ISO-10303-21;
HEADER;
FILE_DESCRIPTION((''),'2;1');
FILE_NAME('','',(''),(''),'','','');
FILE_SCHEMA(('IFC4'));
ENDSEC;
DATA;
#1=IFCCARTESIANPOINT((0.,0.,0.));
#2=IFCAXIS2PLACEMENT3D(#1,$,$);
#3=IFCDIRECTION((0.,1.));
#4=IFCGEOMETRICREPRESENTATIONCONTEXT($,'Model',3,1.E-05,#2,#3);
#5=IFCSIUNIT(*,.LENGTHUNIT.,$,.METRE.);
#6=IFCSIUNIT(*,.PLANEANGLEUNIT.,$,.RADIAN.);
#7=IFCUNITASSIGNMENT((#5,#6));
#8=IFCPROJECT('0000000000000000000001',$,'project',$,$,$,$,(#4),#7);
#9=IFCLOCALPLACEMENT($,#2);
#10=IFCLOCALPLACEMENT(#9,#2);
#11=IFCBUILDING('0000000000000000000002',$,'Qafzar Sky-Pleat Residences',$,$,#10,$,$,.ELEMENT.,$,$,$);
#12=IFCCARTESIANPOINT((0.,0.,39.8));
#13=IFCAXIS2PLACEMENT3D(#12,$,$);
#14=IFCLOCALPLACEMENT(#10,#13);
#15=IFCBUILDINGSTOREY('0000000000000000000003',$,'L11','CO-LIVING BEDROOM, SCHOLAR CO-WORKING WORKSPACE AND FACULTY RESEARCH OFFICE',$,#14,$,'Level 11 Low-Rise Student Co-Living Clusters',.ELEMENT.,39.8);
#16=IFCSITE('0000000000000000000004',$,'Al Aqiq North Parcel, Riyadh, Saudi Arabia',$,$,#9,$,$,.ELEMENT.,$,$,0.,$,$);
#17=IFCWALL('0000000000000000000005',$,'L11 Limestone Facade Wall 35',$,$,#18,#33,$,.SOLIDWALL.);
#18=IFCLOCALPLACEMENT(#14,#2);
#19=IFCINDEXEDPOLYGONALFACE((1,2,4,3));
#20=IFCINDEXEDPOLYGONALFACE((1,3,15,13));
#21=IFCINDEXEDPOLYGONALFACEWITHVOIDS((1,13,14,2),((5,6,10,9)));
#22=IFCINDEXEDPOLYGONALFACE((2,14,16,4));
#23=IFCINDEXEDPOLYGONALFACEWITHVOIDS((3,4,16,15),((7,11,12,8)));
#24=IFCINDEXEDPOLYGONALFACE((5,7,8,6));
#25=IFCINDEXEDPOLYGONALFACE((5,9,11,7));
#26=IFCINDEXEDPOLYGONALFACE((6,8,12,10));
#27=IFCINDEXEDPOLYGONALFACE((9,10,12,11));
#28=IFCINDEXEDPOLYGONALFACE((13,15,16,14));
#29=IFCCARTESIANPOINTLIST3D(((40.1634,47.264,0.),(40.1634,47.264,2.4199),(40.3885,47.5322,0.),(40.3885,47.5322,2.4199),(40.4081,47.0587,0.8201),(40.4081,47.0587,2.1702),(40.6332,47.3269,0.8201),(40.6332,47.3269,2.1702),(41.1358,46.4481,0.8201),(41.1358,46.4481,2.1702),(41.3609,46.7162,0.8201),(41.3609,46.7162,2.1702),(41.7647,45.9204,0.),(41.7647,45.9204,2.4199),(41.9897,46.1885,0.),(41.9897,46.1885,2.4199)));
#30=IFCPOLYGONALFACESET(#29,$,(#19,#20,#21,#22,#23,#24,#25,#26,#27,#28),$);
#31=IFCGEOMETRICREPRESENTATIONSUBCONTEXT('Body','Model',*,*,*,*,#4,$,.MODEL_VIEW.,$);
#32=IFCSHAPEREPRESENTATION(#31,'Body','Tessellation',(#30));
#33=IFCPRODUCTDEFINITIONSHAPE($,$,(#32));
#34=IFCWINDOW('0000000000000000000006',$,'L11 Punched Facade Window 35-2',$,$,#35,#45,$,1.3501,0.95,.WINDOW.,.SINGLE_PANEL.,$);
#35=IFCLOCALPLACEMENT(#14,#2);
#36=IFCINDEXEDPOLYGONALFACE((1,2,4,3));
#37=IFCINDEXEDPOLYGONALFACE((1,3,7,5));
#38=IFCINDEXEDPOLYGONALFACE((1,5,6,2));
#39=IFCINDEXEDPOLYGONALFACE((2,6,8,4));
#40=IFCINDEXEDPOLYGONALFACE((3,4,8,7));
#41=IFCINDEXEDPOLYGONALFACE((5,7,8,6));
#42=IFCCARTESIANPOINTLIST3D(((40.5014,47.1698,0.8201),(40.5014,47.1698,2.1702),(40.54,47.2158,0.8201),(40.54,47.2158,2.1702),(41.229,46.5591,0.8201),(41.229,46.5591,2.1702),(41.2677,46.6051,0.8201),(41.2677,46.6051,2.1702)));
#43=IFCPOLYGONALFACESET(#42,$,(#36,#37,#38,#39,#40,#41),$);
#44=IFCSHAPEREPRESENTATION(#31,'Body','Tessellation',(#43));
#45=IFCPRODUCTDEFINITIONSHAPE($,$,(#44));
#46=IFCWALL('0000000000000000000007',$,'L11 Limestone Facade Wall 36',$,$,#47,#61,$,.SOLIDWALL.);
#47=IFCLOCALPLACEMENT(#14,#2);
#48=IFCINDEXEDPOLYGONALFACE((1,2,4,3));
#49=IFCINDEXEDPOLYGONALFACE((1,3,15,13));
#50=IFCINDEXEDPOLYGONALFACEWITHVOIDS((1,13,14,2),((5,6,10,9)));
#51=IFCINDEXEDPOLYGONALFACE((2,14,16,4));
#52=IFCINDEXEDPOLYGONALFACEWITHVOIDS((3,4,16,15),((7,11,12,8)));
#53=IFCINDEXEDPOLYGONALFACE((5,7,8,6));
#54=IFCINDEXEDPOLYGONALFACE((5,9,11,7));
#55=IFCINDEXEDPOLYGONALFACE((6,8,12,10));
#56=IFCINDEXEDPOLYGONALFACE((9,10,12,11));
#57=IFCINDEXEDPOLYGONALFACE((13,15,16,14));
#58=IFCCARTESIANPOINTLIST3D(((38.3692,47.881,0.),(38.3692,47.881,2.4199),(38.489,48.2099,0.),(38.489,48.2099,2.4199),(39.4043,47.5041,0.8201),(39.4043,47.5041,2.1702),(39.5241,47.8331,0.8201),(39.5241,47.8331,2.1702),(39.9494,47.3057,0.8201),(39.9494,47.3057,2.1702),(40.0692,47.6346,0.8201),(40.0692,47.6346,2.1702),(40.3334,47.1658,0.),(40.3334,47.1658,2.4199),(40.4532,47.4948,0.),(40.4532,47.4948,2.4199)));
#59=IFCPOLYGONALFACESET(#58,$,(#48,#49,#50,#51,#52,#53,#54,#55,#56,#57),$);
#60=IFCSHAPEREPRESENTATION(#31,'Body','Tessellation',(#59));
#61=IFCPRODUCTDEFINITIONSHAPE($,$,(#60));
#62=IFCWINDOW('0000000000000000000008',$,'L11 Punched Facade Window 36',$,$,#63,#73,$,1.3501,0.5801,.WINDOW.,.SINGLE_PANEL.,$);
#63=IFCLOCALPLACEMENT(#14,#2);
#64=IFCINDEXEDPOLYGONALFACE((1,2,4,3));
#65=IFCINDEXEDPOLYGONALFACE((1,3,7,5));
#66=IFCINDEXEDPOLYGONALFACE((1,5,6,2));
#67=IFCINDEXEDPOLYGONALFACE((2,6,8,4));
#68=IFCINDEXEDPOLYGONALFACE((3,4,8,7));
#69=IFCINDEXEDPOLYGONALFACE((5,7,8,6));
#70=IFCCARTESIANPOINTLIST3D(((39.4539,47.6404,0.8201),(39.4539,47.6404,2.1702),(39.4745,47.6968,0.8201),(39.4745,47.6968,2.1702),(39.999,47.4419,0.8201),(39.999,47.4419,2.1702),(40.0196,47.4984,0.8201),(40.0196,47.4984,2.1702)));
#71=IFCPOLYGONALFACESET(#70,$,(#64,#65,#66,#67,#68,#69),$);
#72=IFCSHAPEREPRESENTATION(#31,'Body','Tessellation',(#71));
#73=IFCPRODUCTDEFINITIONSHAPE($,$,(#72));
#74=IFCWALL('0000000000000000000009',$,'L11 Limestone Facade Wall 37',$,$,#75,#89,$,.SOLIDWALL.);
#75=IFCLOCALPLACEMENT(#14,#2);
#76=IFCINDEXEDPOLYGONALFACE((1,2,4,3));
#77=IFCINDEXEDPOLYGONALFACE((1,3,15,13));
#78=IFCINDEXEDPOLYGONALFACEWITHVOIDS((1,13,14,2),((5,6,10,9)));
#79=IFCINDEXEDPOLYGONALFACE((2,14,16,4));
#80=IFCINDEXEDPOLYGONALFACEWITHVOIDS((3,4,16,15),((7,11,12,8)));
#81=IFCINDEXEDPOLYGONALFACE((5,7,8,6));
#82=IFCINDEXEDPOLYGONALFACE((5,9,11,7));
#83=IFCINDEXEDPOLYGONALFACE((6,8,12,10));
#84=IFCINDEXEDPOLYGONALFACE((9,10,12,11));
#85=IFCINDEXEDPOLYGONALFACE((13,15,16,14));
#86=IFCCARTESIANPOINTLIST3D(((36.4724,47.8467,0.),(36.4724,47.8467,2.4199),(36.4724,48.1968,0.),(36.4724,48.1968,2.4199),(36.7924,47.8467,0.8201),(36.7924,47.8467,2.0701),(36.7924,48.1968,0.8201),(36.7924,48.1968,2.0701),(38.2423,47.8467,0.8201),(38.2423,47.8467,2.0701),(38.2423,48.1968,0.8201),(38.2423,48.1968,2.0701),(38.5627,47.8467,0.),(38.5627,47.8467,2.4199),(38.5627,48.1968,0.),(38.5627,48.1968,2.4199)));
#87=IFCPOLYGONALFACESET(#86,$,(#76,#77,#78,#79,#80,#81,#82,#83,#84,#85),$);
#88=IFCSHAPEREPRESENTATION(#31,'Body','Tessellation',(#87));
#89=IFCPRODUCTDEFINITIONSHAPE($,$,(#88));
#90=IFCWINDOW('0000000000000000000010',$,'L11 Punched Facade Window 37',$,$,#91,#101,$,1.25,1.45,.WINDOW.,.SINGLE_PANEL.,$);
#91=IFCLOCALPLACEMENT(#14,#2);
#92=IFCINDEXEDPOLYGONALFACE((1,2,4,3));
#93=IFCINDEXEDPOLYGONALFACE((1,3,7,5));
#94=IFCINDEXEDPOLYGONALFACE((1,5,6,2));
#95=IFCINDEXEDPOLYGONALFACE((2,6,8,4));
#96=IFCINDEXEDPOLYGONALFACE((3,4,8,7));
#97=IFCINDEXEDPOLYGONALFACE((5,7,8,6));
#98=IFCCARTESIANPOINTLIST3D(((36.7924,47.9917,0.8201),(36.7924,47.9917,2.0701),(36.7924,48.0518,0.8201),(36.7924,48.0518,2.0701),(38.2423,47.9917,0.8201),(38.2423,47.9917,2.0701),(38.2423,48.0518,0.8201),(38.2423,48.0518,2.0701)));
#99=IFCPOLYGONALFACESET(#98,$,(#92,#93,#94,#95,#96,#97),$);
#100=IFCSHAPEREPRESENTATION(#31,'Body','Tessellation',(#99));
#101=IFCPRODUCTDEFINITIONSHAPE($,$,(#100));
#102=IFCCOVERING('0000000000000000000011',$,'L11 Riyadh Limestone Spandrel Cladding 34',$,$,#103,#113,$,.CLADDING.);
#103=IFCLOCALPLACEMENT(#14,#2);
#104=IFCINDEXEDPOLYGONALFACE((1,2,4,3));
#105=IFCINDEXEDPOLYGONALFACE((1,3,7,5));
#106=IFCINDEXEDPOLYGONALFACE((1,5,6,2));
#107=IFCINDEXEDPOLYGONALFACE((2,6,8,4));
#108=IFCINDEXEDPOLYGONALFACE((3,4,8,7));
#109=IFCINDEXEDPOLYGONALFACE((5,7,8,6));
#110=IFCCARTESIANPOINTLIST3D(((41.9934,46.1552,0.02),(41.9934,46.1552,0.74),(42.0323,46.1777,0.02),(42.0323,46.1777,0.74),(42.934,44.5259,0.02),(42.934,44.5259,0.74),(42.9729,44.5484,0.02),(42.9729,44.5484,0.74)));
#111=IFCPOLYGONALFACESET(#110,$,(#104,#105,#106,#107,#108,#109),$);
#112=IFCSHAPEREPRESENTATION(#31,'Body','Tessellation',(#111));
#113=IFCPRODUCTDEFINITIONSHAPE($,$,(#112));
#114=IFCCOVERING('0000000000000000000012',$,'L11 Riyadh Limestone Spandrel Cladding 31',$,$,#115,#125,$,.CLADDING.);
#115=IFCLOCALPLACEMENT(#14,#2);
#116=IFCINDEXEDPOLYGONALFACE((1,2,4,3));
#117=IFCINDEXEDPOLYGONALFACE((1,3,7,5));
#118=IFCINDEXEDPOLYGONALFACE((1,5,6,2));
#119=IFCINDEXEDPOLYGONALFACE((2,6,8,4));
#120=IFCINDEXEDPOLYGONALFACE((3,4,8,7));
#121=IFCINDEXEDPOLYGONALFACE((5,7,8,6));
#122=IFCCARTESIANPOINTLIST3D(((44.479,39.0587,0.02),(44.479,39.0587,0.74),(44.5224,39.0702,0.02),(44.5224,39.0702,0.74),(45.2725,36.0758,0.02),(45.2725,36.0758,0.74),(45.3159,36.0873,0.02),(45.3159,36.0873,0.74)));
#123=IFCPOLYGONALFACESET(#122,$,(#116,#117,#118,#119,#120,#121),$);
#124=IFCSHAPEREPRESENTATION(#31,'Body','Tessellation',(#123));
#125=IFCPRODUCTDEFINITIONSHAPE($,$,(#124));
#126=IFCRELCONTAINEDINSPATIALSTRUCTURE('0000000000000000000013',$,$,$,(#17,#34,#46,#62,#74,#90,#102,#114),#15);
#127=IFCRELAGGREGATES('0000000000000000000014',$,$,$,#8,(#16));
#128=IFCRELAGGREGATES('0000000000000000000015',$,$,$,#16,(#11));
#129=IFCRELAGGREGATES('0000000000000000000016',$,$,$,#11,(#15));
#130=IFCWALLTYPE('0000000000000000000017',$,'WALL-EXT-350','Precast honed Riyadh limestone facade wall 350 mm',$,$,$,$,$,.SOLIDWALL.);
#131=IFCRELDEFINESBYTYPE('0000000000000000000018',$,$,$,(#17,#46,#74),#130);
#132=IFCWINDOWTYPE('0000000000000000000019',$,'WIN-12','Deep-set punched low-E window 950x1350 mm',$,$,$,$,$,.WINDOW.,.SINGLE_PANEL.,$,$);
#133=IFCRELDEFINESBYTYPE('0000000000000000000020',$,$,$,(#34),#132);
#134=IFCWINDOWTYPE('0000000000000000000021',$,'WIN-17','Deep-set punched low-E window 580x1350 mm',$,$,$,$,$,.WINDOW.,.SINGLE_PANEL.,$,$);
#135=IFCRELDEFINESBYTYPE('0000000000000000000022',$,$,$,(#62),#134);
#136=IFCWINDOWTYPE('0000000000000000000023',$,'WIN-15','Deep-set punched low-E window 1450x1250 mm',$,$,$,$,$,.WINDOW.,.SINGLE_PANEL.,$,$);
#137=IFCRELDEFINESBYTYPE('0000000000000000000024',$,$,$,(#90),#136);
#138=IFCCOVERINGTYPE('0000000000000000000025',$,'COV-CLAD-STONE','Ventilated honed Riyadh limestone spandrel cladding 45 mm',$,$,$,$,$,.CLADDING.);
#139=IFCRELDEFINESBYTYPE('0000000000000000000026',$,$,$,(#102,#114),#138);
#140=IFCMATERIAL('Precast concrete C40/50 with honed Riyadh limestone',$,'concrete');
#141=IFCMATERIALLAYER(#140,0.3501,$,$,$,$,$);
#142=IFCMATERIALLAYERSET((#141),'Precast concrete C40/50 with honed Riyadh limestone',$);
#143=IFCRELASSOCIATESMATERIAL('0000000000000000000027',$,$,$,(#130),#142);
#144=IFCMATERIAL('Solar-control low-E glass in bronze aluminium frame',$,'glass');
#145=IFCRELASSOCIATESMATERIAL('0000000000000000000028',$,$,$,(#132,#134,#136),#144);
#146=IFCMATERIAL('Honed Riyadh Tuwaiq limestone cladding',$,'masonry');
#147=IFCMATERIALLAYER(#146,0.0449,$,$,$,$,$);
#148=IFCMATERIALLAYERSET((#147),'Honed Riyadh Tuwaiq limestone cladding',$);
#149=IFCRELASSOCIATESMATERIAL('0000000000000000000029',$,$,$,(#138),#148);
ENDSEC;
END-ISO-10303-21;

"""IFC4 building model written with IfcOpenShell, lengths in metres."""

from ifc_helpers import new_model, si_unit, direction, frame, frame_2d, origin, origin_2d, place, context, subcontext, project, spatial, rectangle, extrude, source, transform, mapped, material, layer, layer_set, type_object, element, fill, save


model = new_model("IFC4")

# Units and contexts
model_context = context("Model", 3, precision=1e-05, world=origin(), true_north=direction((0.0, 1.0)))
body_context = subcontext(model_context, "Body", "Model", "MODEL_VIEW")
ifc_project = project(units=[si_unit("LENGTHUNIT", "METRE"), si_unit("PLANEANGLEUNIT", "RADIAN")], contexts=[model_context])

# Site, building, storey
site_placement = place(None, origin())
site = spatial("IfcSite", under=ifc_project, at=site_placement, Name="Al Aqiq North Parcel, Riyadh, Saudi Arabia", CompositionType="ELEMENT", RefElevation=0.0)
building_placement = place(site_placement, origin())
building = spatial("IfcBuilding", under=site, at=building_placement, Name="Qafzar Sky-Pleat Residences", CompositionType="ELEMENT")
storey_placement = place(building_placement, frame((0.0, 0.0, 39.8)))
storey = spatial("IfcBuildingStorey", under=building, at=storey_placement, Name="L11", Description="CO-LIVING BEDROOM, SCHOLAR CO-WORKING WORKSPACE AND FACULTY RESEARCH OFFICE", LongName="Level 11 Low-Rise Student Co-Living Clusters", CompositionType="ELEMENT", Elevation=39.8)

# Shared definitions
ifc_material_1 = material(Name="Precast concrete C40/50 with honed Riyadh limestone", Category="concrete")
ifc_layer_1 = layer(ifc_material_1, 0.3501)
ifc_layer_set_1 = layer_set([ifc_layer_1], Name="Precast concrete C40/50 with honed Riyadh limestone")
wall_type_1 = type_object("IfcWallType", Name="WALL-EXT-350", Description="Precast honed Riyadh limestone facade wall 350 mm", PredefinedType="SOLIDWALL", material=ifc_layer_set_1)
ifc_material_2 = material(Name="Solar-control low-E glass in bronze aluminium frame", Category="glass")

# Walls, openings, windows
wall_1_placement = place(storey_placement, frame((41.8772, 46.0544, 0.0), z_axis=(0.0, 0.0, 1.0), x_axis=(-0.766025, 0.642811, 0.0)))
wall_1 = element("IfcWall", 1, at=wall_1_placement, inside=storey, type_object=wall_type_1, Name="L11 Limestone Facade Wall 35", PredefinedType="SOLIDWALL", context=body_context, shape_type="SweptSolid", body=[
    extrude(rectangle(XDim=2.0903, YDim=0.3501, at=frame_2d((1.0452, 0.0))), origin(), (0.0, 0.0, 1.0), 2.4199),
])
opening_1_placement = place(wall_1_placement, frame((0.8208, 0.0, 0.8201)))
opening_1 = element("IfcOpeningElement", 2, at=opening_1_placement, cuts=wall_1, PredefinedType="OPENING", context=body_context, shape_type="SweptSolid", body=[
    extrude(rectangle(XDim=0.95, YDim=1.3501, at=frame_2d((0.4751, 0.675))), frame((0.0, 0.1851, 0.0), z_axis=(0.0, -1.0, 0.0), x_axis=(1.0, 0.0, 0.0)), (0.0, 0.0, 1.0), 0.3701),
])
window_type_1 = type_object("IfcWindowType", Name="WIN-12", Description="Deep-set punched low-E window 950x1350 mm", PartitioningType="SINGLE_PANEL", PredefinedType="WINDOW", material=ifc_material_2)
shared_shape_1 = source(origin(), body_context, "Body", "SweptSolid", [
    extrude(rectangle(XDim=0.95, YDim=1.3501, at=frame_2d((0.4751, 0.675))), frame((0.0, 0.03, 0.0), z_axis=(0.0, -1.0, 0.0), x_axis=(1.0, 0.0, 0.0)), (0.0, 0.0, 1.0), 0.0601),
])
window_1_placement = place(opening_1_placement, origin())
window_1 = element("IfcWindow", 3, at=window_1_placement, inside=storey, type_object=window_type_1, Name="L11 Punched Facade Window 35-2", OverallHeight=1.3501, OverallWidth=0.95, PartitioningType="SINGLE_PANEL", PredefinedType="WINDOW", context=body_context, shape_type="MappedRepresentation", body=[
    mapped(shared_shape_1, transform((0.0, 0.0, 0.0), x_axis=(1.0, 0.0, 0.0), y_axis=(0.0, 1.0, 0.0), z_axis=(0.0, 0.0, 1.0), scale=1.0)),
])
fill(opening_1, window_1)
wall_2_placement = place(storey_placement, frame((40.3933, 47.3303, 0.0), z_axis=(0.0, 0.0, 1.0), x_axis=(-0.93966, 0.342109, 0.0)))
wall_2 = element("IfcWall", 4, at=wall_2_placement, inside=storey, type_object=wall_type_1, Name="L11 Limestone Facade Wall 36", PredefinedType="SOLIDWALL", context=body_context, shape_type="SweptSolid", body=[
    extrude(rectangle(XDim=2.0903, YDim=0.3501, at=frame_2d((1.0452, 0.0))), origin(), (0.0, 0.0, 1.0), 2.4199),
])
opening_2_placement = place(wall_2_placement, frame((0.4087, 0.0, 0.8201)))
opening_2 = element("IfcOpeningElement", 5, at=opening_2_placement, cuts=wall_2, PredefinedType="OPENING", context=body_context, shape_type="SweptSolid", body=[
    extrude(rectangle(XDim=0.5801, YDim=1.3501, at=frame_2d((0.29, 0.675))), frame((0.0, 0.1851, 0.0), z_axis=(0.0, -1.0, 0.0), x_axis=(1.0, 0.0, 0.0)), (0.0, 0.0, 1.0), 0.3701),
])
window_type_2 = type_object("IfcWindowType", Name="WIN-17", Description="Deep-set punched low-E window 580x1350 mm", PartitioningType="SINGLE_PANEL", PredefinedType="WINDOW", material=ifc_material_2)
shared_shape_2 = source(origin(), body_context, "Body", "SweptSolid", [
    extrude(rectangle(XDim=0.5801, YDim=1.3501, at=frame_2d((0.29, 0.675))), frame((0.0, 0.03, 0.0), z_axis=(0.0, -1.0, 0.0), x_axis=(1.0, 0.0, 0.0)), (0.0, 0.0, 1.0), 0.0601),
])
window_2_placement = place(opening_2_placement, origin())
window_2 = element("IfcWindow", 6, at=window_2_placement, inside=storey, type_object=window_type_2, Name="L11 Punched Facade Window 36", OverallHeight=1.3501, OverallWidth=0.5801, PartitioningType="SINGLE_PANEL", PredefinedType="WINDOW", context=body_context, shape_type="MappedRepresentation", body=[
    mapped(shared_shape_2, transform((0.0, 0.0, 0.0), x_axis=(1.0, 0.0, 0.0), y_axis=(0.0, 1.0, 0.0), z_axis=(0.0, 0.0, 1.0), scale=1.0)),
])
fill(opening_2, window_2)
wall_3_placement = place(storey_placement, frame((38.5627, 48.0217, 0.0), z_axis=(0.0, 0.0, 1.0), x_axis=(-1.0, 0.0, 0.0)))
wall_3 = element("IfcWall", 7, at=wall_3_placement, inside=storey, type_object=wall_type_1, Name="L11 Limestone Facade Wall 37", PredefinedType="SOLIDWALL", context=body_context, shape_type="SweptSolid", body=[
    extrude(rectangle(XDim=2.0903, YDim=0.3501, at=frame_2d((1.0452, 0.0))), origin(), (0.0, 0.0, 1.0), 2.4199),
])
opening_3_placement = place(wall_3_placement, frame((0.3203, 0.0, 0.8201)))
opening_3 = element("IfcOpeningElement", 8, at=opening_3_placement, cuts=wall_3, PredefinedType="OPENING", context=body_context, shape_type="SweptSolid", body=[
    extrude(rectangle(XDim=1.45, YDim=1.25, at=frame_2d((0.7251, 0.625))), frame((0.0, 0.1851, 0.0), z_axis=(0.0, -1.0, 0.0), x_axis=(1.0, 0.0, 0.0)), (0.0, 0.0, 1.0), 0.3701),
])
window_type_3 = type_object("IfcWindowType", Name="WIN-15", Description="Deep-set punched low-E window 1450x1250 mm", PartitioningType="SINGLE_PANEL", PredefinedType="WINDOW", material=ifc_material_2)
shared_shape_3 = source(origin(), body_context, "Body", "SweptSolid", [
    extrude(rectangle(XDim=1.45, YDim=1.25, at=frame_2d((0.7251, 0.625))), frame((0.0, 0.03, 0.0), z_axis=(0.0, -1.0, 0.0), x_axis=(1.0, 0.0, 0.0)), (0.0, 0.0, 1.0), 0.0601),
])
window_3_placement = place(opening_3_placement, origin())
window_3 = element("IfcWindow", 9, at=window_3_placement, inside=storey, type_object=window_type_3, Name="L11 Punched Facade Window 37", OverallHeight=1.25, OverallWidth=1.45, PartitioningType="SINGLE_PANEL", PredefinedType="WINDOW", context=body_context, shape_type="MappedRepresentation", body=[
    mapped(shared_shape_3, transform((0.0, 0.0, 0.0), x_axis=(1.0, 0.0, 0.0), y_axis=(0.0, 1.0, 0.0), z_axis=(0.0, 0.0, 1.0), scale=1.0)),
])
fill(opening_3, window_3)

# Coverings
ifc_material_3 = material(Name="Honed Riyadh Tuwaiq limestone cladding", Category="masonry")
ifc_layer_2 = layer(ifc_material_3, 0.0449)
ifc_layer_set_2 = layer_set([ifc_layer_2], Name="Honed Riyadh Tuwaiq limestone cladding")
covering_type = type_object("IfcCoveringType", Name="COV-CLAD-STONE", Description="Ventilated honed Riyadh limestone spandrel cladding 45 mm", PredefinedType="CLADDING", material=ifc_layer_set_2)
shared_shape_4 = source(origin(), body_context, "Body", "SweptSolid", [
    extrude(rectangle(XDim=1.8813, YDim=0.0449, at=origin_2d()), origin(), (0.0, 0.0, 1.0), 0.72),
])
covering_1_placement = place(storey_placement, frame((42.4832, 45.3518, 0.02), z_axis=(0.0, 0.0, 1.0), x_axis=(-0.499972, 0.866041, 0.0)))
element("IfcCovering", 10, at=covering_1_placement, inside=storey, type_object=covering_type, Name="L11 Riyadh Limestone Spandrel Cladding 34", PredefinedType="CLADDING", context=body_context, shape_type="MappedRepresentation", body=[
    mapped(shared_shape_4, transform((0.0, 0.0, 0.0), x_axis=(1.0, 0.0, 0.0), y_axis=(0.0, 1.0, 0.0), z_axis=(0.0, 0.0, 1.0), scale=1.0)),
])
shared_shape_5 = source(origin(), body_context, "Body", "SweptSolid", [
    extrude(rectangle(XDim=3.0867, YDim=0.0449, at=origin_2d()), origin(), (0.0, 0.0, 1.0), 0.72),
])
covering_2_placement = place(storey_placement, frame((44.8975, 37.573, 0.02), z_axis=(0.0, 0.0, 1.0), x_axis=(-0.25706, 0.966395, 0.0)))
element("IfcCovering", 11, at=covering_2_placement, inside=storey, type_object=covering_type, Name="L11 Riyadh Limestone Spandrel Cladding 31", PredefinedType="CLADDING", context=body_context, shape_type="MappedRepresentation", body=[
    mapped(shared_shape_5, transform((0.0, 0.0, 0.0), x_axis=(1.0, 0.0, 0.0), y_axis=(0.0, 1.0, 0.0), z_axis=(0.0, 0.0, 1.0), scale=1.0)),
])

save(model, "model.ifc")
